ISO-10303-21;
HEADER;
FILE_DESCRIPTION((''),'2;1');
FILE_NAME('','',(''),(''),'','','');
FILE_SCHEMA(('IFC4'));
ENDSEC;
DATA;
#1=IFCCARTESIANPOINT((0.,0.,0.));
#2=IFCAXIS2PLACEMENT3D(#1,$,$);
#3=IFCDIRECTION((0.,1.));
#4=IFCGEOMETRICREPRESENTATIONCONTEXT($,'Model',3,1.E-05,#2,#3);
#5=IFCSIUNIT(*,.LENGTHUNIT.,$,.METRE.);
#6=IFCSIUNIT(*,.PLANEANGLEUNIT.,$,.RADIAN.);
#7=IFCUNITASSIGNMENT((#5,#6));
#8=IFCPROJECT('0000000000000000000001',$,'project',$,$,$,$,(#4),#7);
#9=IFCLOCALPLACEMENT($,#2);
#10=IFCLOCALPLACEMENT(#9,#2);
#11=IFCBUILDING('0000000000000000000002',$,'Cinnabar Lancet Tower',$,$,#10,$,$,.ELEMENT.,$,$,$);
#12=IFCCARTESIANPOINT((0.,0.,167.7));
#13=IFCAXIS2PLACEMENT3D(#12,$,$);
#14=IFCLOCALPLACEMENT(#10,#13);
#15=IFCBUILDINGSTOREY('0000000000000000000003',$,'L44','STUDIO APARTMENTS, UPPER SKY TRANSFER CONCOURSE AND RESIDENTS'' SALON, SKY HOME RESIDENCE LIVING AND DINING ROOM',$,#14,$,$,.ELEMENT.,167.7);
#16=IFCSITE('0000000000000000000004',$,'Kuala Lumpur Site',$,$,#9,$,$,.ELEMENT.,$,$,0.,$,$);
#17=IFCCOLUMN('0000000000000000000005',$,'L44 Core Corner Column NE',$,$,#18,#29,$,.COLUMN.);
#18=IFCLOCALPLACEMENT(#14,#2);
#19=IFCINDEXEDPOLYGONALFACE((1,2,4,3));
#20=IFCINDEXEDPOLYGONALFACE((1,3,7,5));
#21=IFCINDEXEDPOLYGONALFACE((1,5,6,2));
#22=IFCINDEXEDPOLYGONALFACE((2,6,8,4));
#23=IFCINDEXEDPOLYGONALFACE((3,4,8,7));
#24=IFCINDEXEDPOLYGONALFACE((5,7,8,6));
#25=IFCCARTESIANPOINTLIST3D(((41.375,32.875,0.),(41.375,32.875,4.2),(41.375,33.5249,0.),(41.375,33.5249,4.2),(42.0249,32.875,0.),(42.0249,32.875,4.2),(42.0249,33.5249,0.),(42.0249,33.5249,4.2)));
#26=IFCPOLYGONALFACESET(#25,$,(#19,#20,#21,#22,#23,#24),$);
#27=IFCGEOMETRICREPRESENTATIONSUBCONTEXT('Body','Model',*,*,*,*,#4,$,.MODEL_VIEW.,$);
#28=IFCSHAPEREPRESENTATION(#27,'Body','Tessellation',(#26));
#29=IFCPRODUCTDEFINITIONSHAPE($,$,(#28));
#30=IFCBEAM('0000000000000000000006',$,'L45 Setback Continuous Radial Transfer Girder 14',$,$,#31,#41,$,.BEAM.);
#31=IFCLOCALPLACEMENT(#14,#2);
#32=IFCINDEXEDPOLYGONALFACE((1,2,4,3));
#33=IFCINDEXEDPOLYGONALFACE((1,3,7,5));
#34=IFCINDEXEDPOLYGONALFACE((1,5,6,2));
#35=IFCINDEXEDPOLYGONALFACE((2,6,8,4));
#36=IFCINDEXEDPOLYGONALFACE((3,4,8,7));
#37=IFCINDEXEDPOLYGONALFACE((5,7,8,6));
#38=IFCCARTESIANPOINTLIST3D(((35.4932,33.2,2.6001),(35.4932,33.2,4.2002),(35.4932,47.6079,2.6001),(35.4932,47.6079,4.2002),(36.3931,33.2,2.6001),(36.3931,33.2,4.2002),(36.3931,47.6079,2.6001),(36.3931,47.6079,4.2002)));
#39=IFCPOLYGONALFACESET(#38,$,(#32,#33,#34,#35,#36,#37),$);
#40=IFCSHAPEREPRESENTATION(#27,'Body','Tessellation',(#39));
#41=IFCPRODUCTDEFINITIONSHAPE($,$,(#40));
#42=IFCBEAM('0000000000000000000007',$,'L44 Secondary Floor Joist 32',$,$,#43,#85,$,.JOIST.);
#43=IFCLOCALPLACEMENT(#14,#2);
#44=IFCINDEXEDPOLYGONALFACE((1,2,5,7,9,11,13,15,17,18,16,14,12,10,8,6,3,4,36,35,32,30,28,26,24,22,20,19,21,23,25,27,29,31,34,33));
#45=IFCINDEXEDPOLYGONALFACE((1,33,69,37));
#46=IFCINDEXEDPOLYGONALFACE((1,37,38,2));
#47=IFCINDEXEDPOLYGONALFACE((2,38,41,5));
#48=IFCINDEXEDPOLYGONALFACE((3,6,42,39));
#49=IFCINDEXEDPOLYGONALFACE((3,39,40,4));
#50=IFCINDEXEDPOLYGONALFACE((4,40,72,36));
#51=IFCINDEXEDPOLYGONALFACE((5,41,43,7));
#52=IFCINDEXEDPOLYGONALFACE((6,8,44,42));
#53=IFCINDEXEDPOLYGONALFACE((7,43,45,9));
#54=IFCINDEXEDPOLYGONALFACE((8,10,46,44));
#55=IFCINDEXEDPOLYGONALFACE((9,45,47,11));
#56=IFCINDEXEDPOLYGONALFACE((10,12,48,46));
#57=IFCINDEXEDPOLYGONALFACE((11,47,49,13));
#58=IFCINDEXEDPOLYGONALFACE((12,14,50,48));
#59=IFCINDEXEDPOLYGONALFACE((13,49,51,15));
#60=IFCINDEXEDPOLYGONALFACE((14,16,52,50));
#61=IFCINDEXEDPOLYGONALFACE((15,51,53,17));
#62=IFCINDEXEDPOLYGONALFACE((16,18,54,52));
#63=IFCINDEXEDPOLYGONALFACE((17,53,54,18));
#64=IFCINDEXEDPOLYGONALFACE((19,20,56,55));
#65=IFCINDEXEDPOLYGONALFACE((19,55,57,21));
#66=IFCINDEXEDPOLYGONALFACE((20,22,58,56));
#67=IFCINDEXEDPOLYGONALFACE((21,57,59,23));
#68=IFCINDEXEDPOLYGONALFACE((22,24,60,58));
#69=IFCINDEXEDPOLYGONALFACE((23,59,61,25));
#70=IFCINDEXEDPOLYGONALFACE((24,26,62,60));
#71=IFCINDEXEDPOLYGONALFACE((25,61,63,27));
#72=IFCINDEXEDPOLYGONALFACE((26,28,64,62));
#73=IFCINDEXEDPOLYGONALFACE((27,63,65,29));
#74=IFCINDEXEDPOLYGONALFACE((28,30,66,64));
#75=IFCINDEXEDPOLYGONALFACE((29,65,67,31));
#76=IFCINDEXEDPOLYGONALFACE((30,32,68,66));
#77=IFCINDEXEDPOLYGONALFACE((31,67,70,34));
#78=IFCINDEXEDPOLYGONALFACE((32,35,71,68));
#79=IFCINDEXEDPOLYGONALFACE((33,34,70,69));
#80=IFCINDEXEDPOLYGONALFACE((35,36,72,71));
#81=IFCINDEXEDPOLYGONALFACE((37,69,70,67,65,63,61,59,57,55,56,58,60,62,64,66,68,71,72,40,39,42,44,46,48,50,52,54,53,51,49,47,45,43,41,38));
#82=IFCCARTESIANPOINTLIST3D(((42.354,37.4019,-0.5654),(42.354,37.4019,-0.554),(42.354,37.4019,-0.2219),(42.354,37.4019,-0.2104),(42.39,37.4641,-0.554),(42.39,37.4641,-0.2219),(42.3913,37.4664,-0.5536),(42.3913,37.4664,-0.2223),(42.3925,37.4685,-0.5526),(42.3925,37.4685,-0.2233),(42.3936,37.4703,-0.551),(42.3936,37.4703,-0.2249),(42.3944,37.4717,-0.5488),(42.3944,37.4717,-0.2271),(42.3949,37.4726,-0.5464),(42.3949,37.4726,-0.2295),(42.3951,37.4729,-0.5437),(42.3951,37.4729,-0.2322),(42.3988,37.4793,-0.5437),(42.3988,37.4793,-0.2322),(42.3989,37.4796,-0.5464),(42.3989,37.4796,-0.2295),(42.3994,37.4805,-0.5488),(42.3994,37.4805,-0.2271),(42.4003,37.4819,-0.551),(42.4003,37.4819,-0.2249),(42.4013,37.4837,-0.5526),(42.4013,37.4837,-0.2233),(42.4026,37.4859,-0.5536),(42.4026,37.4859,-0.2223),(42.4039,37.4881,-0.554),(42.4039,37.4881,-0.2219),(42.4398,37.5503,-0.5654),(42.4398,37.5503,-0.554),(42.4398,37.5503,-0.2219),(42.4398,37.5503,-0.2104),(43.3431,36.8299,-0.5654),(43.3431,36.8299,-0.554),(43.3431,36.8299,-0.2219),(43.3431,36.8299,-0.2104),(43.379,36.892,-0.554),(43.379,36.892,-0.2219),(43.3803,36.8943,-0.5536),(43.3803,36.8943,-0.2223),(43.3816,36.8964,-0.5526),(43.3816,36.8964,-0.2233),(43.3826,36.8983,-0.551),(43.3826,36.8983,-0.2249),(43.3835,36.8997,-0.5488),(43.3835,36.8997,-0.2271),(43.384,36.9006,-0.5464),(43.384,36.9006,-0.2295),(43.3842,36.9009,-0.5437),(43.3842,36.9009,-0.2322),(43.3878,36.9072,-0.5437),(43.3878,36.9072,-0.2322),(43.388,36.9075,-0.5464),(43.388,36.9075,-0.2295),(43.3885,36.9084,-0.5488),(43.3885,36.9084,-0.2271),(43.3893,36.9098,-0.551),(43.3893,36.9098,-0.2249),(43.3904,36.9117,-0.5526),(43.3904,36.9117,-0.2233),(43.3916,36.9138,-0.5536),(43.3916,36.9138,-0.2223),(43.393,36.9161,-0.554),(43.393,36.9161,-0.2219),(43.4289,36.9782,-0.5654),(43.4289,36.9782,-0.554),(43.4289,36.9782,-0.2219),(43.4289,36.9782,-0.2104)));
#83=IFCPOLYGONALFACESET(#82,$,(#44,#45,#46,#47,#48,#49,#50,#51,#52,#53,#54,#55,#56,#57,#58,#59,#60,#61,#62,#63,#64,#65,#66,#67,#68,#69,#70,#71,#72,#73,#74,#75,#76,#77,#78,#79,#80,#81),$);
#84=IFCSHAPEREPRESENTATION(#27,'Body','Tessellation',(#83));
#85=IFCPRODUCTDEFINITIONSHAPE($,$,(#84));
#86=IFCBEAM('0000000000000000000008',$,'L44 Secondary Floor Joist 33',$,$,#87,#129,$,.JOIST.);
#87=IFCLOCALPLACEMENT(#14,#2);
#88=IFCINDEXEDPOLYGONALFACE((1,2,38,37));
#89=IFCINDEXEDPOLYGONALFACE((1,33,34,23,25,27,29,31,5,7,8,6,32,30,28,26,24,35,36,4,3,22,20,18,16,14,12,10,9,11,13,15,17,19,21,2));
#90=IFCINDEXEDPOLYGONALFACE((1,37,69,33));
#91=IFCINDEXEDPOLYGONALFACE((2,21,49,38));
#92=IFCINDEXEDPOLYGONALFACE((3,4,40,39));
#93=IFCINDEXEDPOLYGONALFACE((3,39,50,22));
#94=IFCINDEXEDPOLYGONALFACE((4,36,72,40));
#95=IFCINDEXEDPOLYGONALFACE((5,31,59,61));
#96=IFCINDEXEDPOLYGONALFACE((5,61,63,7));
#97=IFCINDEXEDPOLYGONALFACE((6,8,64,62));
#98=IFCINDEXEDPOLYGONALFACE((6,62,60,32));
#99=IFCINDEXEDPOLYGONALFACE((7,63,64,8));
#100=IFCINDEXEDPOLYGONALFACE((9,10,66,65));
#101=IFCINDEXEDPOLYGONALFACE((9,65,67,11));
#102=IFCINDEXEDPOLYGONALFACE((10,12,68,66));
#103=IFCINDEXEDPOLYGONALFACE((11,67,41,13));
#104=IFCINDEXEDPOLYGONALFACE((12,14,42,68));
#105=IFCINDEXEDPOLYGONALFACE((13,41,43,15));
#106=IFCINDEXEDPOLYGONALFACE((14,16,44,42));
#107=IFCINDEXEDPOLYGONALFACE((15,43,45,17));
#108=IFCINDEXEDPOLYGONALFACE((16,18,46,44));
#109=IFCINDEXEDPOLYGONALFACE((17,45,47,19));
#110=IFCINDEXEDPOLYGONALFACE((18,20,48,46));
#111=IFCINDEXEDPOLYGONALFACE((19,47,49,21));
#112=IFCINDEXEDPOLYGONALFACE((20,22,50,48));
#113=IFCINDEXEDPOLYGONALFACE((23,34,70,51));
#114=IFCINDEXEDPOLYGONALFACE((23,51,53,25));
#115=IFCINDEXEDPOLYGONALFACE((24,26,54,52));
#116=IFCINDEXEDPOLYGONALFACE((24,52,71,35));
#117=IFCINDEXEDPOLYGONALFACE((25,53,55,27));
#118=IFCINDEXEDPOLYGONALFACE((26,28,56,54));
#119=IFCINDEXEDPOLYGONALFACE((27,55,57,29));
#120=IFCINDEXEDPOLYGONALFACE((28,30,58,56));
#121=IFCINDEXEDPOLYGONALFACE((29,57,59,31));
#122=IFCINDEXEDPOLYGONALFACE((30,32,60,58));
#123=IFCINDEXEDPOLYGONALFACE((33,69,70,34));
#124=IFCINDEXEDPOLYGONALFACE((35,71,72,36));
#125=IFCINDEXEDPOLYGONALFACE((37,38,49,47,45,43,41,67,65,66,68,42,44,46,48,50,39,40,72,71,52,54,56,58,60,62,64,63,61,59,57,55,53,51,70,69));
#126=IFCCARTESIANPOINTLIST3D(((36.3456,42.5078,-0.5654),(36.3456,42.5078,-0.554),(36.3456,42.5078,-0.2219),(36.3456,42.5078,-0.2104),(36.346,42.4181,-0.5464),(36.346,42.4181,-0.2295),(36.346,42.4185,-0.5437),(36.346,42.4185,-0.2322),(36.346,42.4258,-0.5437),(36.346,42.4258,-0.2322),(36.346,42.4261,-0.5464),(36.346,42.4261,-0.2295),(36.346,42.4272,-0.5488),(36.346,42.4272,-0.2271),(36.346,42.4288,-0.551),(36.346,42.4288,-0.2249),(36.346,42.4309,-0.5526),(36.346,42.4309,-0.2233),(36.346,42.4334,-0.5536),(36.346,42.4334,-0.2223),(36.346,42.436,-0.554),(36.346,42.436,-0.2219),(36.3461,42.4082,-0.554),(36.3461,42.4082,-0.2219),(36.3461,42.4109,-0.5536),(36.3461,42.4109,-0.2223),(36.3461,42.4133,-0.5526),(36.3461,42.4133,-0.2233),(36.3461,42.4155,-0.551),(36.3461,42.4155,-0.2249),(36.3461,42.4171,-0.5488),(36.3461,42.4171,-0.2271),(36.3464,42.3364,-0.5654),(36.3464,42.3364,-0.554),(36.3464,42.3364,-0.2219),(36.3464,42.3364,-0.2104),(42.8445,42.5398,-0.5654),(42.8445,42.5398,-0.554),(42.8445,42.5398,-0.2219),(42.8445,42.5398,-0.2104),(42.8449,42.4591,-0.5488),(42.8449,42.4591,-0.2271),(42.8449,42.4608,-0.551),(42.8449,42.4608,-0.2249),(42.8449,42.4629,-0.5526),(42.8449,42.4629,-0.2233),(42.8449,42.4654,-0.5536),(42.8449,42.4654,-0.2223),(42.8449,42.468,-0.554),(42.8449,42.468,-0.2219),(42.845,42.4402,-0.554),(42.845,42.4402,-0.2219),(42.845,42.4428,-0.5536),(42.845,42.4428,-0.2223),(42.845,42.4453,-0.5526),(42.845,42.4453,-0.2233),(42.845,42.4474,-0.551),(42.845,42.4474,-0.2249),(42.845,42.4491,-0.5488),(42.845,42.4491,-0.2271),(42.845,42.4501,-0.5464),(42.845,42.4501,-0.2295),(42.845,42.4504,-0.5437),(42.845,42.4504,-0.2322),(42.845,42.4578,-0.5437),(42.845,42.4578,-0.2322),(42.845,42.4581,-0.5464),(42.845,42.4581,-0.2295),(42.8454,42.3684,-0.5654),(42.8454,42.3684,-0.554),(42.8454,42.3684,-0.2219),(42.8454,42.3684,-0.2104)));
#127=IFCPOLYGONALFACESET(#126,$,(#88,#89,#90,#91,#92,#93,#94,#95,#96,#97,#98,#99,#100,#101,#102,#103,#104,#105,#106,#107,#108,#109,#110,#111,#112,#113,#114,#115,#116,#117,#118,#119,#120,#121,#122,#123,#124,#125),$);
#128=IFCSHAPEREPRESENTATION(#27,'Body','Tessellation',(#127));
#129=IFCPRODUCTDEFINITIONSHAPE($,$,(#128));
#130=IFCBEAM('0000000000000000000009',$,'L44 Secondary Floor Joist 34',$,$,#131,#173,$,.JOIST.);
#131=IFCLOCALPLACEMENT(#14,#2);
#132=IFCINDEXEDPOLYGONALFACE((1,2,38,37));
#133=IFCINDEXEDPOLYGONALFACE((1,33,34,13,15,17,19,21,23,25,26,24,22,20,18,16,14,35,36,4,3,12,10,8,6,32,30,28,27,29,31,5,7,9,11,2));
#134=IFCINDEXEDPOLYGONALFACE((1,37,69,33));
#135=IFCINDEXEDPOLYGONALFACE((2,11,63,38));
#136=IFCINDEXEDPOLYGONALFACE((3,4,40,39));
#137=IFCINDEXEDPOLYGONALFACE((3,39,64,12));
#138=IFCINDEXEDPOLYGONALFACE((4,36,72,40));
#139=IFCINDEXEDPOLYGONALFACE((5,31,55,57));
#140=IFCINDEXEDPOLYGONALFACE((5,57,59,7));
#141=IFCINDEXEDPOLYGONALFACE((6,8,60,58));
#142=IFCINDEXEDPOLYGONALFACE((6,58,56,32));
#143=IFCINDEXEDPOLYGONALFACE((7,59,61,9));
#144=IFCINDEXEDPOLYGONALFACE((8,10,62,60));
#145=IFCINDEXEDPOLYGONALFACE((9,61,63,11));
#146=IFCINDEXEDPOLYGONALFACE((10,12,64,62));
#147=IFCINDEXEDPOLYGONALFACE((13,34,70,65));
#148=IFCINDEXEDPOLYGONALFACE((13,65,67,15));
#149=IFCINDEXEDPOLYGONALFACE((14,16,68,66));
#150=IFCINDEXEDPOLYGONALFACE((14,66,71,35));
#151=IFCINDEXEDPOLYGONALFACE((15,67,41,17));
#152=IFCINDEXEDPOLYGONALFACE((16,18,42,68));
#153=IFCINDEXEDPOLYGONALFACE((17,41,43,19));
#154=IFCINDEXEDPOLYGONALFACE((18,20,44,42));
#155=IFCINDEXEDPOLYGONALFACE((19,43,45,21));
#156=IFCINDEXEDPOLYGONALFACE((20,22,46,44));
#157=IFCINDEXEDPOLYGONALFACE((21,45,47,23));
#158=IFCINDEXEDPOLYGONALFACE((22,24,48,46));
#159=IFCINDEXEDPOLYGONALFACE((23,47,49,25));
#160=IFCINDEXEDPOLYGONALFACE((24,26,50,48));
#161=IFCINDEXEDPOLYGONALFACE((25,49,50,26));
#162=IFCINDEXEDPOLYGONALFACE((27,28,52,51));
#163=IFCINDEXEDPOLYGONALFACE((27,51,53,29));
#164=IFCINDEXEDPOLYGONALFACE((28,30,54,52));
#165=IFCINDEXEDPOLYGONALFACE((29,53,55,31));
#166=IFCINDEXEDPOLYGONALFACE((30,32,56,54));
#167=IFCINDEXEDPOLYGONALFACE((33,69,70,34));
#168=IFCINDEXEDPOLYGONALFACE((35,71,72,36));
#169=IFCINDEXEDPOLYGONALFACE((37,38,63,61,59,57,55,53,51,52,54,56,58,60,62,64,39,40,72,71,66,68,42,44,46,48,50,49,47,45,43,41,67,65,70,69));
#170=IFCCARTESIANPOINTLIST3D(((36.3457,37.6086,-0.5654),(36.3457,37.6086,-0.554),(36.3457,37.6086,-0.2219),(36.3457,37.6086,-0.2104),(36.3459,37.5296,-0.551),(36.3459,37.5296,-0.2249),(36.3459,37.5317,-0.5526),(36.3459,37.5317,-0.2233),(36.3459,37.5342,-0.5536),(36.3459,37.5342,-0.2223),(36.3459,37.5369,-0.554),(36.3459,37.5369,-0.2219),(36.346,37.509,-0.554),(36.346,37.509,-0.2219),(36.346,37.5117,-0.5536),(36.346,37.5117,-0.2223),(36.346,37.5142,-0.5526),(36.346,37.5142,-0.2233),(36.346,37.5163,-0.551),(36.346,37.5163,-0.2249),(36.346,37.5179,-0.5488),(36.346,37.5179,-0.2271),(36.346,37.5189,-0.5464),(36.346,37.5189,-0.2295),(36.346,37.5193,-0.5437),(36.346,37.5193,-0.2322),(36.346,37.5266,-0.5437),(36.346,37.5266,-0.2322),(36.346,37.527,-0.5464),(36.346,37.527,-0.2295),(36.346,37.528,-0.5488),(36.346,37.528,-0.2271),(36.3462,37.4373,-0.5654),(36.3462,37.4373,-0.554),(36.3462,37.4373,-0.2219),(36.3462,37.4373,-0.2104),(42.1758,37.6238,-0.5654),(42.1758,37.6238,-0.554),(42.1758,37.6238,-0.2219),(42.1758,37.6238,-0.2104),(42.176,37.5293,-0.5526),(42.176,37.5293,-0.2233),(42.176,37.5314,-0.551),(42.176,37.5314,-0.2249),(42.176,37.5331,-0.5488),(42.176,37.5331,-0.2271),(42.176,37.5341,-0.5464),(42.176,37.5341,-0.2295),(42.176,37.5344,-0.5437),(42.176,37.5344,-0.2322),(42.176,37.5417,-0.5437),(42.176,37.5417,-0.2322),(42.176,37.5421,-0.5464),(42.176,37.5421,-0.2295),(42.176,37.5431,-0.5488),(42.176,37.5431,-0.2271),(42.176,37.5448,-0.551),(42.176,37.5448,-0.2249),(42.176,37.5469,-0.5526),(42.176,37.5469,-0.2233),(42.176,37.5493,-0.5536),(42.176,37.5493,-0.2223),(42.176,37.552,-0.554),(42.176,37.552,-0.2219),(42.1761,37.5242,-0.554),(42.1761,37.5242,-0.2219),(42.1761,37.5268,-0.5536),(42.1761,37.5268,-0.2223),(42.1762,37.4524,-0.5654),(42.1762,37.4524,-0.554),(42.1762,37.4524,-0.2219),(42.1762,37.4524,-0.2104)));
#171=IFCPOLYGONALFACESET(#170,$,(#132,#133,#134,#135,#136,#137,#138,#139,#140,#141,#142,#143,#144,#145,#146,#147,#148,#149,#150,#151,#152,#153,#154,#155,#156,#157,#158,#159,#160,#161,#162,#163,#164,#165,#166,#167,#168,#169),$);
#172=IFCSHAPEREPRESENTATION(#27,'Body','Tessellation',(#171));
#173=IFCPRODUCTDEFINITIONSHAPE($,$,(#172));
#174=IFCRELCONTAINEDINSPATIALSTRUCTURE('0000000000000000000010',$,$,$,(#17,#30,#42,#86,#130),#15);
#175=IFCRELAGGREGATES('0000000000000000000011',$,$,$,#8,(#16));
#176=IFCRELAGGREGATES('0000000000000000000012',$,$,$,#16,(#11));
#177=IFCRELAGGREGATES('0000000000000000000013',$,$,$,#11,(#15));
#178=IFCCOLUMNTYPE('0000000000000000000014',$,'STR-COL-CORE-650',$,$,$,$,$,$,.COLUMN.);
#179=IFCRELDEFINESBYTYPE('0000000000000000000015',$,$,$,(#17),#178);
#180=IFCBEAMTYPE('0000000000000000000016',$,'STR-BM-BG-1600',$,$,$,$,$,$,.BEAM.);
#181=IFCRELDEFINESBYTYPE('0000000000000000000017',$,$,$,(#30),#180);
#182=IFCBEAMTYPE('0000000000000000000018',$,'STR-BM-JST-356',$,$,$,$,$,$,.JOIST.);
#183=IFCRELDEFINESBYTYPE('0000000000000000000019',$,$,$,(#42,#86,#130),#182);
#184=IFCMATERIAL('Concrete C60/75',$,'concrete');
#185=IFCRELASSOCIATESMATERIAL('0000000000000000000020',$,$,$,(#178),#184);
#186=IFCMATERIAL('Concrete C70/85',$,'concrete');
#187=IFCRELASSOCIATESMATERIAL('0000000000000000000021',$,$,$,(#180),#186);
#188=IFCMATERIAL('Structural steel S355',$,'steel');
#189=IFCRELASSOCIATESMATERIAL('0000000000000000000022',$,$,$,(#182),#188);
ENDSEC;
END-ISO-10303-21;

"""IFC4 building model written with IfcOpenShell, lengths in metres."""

from ifc_helpers import new_model, si_unit, direction, frame, origin, origin_2d, place, context, subcontext, project, spatial, rectangle, i_section, extrude, material, material_profile, profile_set, type_object, element, save


model = new_model("IFC4")

# Units and contexts
model_context = context("Model", 3, precision=1e-05, world=origin(), true_north=direction((0.0, 1.0)))
body_context = subcontext(model_context, "Body", "Model", "MODEL_VIEW")
ifc_project = project(units=[si_unit("LENGTHUNIT", "METRE"), si_unit("PLANEANGLEUNIT", "RADIAN")], contexts=[model_context])

# Site, building, storey
site_placement = place(None, origin())
site = spatial("IfcSite", under=ifc_project, at=site_placement, Name="Kuala Lumpur Site", CompositionType="ELEMENT", RefElevation=0.0)
building_placement = place(site_placement, origin())
building = spatial("IfcBuilding", under=site, at=building_placement, Name="Cinnabar Lancet Tower", CompositionType="ELEMENT")
storey_placement = place(building_placement, frame((0.0, 0.0, 167.7)))
storey = spatial("IfcBuildingStorey", under=building, at=storey_placement, Name="L44", Description="STUDIO APARTMENTS, UPPER SKY TRANSFER CONCOURSE AND RESIDENTS' SALON, SKY HOME RESIDENCE LIVING AND DINING ROOM", CompositionType="ELEMENT", Elevation=167.7)

# Column
ifc_material_1 = material(Name="Concrete C60/75", Category="concrete")
ifc_material_profile_1 = material_profile(ifc_material_1, rectangle(XDim=0.6499, YDim=0.6499, at=origin_2d()), Name="RC-COL 650x650")
ifc_profile_set_1 = profile_set([ifc_material_profile_1], Name="Concrete C60/75")
column_type = type_object("IfcColumnType", Name="STR-COL-CORE-650", PredefinedType="COLUMN", material=ifc_profile_set_1)
column_placement = place(storey_placement, frame((41.7, 33.2, 0.0), z_axis=(0.0, 0.0, 1.0), x_axis=(1.0, 0.0, 0.0)))
element("IfcColumn", 1, at=column_placement, inside=storey, type_object=column_type, Name="L44 Core Corner Column NE", PredefinedType="COLUMN", context=body_context, shape_type="SweptSolid", body=[
    extrude(rectangle(XDim=0.6499, YDim=0.6499, at=origin_2d()), origin(), (0.0, 0.0, 1.0), 4.2),
])

# Beams
ifc_material_2 = material(Name="Concrete C70/85", Category="concrete")
ifc_material_profile_2 = material_profile(ifc_material_2, rectangle(XDim=0.8999, YDim=1.6001, at=origin_2d()), Name="RC-BG 900x1600")
ifc_profile_set_2 = profile_set([ifc_material_profile_2], Name="Concrete C70/85")
beam_type_1 = type_object("IfcBeamType", Name="STR-BM-BG-1600", PredefinedType="BEAM", material=ifc_profile_set_2)
beam_1_placement = place(storey_placement, frame((35.9431, 47.6079, 3.4001), z_axis=(0.0, -1.0, 0.0), x_axis=(1.0, 0.0, 0.0)))
element("IfcBeam", 2, at=beam_1_placement, inside=storey, type_object=beam_type_1, Name="L45 Setback Continuous Radial Transfer Girder 14", PredefinedType="BEAM", context=body_context, shape_type="SweptSolid", body=[
    extrude(rectangle(XDim=0.8999, YDim=1.6001, at=origin_2d()), origin(), (0.0, 0.0, 1.0), 14.408),
])
ifc_material_3 = material(Name="Structural steel S355", Category="steel")
ifc_material_profile_3 = material_profile(ifc_material_3, i_section(OverallWidth=0.1714, OverallDepth=0.355, WebThickness=0.0073, FlangeThickness=0.0115, FilletRadius=0.0103, at=origin_2d()), Name="UKB 356x171x51")
ifc_profile_set_3 = profile_set([ifc_material_profile_3], Name="Structural steel S355")
beam_type_2 = type_object("IfcBeamType", Name="STR-BM-JST-356", PredefinedType="JOIST", material=ifc_profile_set_3)
beam_2_placement = place(storey_placement, frame((43.386, 36.9041, -0.3879), z_axis=(-0.865641, 0.500666, 0.0), x_axis=(-0.500666, -0.865641, 0.0)))
element("IfcBeam", 3, at=beam_2_placement, inside=storey, type_object=beam_type_2, Name="L44 Secondary Floor Joist 32", PredefinedType="JOIST", context=body_context, shape_type="SweptSolid", body=[
    extrude(i_section(OverallWidth=0.1714, OverallDepth=0.355, WebThickness=0.0073, FlangeThickness=0.0115, FilletRadius=0.0103, at=origin_2d()), origin(), (0.0, 0.0, 1.0), 1.1426),
])
beam_3_placement = place(storey_placement, frame((42.845, 42.4541, -0.3879), z_axis=(-0.999988, -0.004921, 0.0), x_axis=(0.004921, -0.999988, 0.0)))
element("IfcBeam", 4, at=beam_3_placement, inside=storey, type_object=beam_type_2, Name="L44 Secondary Floor Joist 33", PredefinedType="JOIST", context=body_context, shape_type="SweptSolid", body=[
    extrude(i_section(OverallWidth=0.1714, OverallDepth=0.355, WebThickness=0.0073, FlangeThickness=0.0115, FilletRadius=0.0103, at=origin_2d()), origin(), (0.0, 0.0, 1.0), 6.499),
])
beam_4_placement = place(storey_placement, frame((42.176, 37.5381, -0.3879), z_axis=(-0.999997, -0.002596, 0.0), x_axis=(0.002596, -0.999997, 0.0)))
element("IfcBeam", 5, at=beam_4_placement, inside=storey, type_object=beam_type_2, Name="L44 Secondary Floor Joist 34", PredefinedType="JOIST", context=body_context, shape_type="SweptSolid", body=[
    extrude(i_section(OverallWidth=0.1714, OverallDepth=0.355, WebThickness=0.0073, FlangeThickness=0.0115, FilletRadius=0.0103, at=origin_2d()), origin(), (0.0, 0.0, 1.0), 5.8301),
])

save(model, "model.ifc")
